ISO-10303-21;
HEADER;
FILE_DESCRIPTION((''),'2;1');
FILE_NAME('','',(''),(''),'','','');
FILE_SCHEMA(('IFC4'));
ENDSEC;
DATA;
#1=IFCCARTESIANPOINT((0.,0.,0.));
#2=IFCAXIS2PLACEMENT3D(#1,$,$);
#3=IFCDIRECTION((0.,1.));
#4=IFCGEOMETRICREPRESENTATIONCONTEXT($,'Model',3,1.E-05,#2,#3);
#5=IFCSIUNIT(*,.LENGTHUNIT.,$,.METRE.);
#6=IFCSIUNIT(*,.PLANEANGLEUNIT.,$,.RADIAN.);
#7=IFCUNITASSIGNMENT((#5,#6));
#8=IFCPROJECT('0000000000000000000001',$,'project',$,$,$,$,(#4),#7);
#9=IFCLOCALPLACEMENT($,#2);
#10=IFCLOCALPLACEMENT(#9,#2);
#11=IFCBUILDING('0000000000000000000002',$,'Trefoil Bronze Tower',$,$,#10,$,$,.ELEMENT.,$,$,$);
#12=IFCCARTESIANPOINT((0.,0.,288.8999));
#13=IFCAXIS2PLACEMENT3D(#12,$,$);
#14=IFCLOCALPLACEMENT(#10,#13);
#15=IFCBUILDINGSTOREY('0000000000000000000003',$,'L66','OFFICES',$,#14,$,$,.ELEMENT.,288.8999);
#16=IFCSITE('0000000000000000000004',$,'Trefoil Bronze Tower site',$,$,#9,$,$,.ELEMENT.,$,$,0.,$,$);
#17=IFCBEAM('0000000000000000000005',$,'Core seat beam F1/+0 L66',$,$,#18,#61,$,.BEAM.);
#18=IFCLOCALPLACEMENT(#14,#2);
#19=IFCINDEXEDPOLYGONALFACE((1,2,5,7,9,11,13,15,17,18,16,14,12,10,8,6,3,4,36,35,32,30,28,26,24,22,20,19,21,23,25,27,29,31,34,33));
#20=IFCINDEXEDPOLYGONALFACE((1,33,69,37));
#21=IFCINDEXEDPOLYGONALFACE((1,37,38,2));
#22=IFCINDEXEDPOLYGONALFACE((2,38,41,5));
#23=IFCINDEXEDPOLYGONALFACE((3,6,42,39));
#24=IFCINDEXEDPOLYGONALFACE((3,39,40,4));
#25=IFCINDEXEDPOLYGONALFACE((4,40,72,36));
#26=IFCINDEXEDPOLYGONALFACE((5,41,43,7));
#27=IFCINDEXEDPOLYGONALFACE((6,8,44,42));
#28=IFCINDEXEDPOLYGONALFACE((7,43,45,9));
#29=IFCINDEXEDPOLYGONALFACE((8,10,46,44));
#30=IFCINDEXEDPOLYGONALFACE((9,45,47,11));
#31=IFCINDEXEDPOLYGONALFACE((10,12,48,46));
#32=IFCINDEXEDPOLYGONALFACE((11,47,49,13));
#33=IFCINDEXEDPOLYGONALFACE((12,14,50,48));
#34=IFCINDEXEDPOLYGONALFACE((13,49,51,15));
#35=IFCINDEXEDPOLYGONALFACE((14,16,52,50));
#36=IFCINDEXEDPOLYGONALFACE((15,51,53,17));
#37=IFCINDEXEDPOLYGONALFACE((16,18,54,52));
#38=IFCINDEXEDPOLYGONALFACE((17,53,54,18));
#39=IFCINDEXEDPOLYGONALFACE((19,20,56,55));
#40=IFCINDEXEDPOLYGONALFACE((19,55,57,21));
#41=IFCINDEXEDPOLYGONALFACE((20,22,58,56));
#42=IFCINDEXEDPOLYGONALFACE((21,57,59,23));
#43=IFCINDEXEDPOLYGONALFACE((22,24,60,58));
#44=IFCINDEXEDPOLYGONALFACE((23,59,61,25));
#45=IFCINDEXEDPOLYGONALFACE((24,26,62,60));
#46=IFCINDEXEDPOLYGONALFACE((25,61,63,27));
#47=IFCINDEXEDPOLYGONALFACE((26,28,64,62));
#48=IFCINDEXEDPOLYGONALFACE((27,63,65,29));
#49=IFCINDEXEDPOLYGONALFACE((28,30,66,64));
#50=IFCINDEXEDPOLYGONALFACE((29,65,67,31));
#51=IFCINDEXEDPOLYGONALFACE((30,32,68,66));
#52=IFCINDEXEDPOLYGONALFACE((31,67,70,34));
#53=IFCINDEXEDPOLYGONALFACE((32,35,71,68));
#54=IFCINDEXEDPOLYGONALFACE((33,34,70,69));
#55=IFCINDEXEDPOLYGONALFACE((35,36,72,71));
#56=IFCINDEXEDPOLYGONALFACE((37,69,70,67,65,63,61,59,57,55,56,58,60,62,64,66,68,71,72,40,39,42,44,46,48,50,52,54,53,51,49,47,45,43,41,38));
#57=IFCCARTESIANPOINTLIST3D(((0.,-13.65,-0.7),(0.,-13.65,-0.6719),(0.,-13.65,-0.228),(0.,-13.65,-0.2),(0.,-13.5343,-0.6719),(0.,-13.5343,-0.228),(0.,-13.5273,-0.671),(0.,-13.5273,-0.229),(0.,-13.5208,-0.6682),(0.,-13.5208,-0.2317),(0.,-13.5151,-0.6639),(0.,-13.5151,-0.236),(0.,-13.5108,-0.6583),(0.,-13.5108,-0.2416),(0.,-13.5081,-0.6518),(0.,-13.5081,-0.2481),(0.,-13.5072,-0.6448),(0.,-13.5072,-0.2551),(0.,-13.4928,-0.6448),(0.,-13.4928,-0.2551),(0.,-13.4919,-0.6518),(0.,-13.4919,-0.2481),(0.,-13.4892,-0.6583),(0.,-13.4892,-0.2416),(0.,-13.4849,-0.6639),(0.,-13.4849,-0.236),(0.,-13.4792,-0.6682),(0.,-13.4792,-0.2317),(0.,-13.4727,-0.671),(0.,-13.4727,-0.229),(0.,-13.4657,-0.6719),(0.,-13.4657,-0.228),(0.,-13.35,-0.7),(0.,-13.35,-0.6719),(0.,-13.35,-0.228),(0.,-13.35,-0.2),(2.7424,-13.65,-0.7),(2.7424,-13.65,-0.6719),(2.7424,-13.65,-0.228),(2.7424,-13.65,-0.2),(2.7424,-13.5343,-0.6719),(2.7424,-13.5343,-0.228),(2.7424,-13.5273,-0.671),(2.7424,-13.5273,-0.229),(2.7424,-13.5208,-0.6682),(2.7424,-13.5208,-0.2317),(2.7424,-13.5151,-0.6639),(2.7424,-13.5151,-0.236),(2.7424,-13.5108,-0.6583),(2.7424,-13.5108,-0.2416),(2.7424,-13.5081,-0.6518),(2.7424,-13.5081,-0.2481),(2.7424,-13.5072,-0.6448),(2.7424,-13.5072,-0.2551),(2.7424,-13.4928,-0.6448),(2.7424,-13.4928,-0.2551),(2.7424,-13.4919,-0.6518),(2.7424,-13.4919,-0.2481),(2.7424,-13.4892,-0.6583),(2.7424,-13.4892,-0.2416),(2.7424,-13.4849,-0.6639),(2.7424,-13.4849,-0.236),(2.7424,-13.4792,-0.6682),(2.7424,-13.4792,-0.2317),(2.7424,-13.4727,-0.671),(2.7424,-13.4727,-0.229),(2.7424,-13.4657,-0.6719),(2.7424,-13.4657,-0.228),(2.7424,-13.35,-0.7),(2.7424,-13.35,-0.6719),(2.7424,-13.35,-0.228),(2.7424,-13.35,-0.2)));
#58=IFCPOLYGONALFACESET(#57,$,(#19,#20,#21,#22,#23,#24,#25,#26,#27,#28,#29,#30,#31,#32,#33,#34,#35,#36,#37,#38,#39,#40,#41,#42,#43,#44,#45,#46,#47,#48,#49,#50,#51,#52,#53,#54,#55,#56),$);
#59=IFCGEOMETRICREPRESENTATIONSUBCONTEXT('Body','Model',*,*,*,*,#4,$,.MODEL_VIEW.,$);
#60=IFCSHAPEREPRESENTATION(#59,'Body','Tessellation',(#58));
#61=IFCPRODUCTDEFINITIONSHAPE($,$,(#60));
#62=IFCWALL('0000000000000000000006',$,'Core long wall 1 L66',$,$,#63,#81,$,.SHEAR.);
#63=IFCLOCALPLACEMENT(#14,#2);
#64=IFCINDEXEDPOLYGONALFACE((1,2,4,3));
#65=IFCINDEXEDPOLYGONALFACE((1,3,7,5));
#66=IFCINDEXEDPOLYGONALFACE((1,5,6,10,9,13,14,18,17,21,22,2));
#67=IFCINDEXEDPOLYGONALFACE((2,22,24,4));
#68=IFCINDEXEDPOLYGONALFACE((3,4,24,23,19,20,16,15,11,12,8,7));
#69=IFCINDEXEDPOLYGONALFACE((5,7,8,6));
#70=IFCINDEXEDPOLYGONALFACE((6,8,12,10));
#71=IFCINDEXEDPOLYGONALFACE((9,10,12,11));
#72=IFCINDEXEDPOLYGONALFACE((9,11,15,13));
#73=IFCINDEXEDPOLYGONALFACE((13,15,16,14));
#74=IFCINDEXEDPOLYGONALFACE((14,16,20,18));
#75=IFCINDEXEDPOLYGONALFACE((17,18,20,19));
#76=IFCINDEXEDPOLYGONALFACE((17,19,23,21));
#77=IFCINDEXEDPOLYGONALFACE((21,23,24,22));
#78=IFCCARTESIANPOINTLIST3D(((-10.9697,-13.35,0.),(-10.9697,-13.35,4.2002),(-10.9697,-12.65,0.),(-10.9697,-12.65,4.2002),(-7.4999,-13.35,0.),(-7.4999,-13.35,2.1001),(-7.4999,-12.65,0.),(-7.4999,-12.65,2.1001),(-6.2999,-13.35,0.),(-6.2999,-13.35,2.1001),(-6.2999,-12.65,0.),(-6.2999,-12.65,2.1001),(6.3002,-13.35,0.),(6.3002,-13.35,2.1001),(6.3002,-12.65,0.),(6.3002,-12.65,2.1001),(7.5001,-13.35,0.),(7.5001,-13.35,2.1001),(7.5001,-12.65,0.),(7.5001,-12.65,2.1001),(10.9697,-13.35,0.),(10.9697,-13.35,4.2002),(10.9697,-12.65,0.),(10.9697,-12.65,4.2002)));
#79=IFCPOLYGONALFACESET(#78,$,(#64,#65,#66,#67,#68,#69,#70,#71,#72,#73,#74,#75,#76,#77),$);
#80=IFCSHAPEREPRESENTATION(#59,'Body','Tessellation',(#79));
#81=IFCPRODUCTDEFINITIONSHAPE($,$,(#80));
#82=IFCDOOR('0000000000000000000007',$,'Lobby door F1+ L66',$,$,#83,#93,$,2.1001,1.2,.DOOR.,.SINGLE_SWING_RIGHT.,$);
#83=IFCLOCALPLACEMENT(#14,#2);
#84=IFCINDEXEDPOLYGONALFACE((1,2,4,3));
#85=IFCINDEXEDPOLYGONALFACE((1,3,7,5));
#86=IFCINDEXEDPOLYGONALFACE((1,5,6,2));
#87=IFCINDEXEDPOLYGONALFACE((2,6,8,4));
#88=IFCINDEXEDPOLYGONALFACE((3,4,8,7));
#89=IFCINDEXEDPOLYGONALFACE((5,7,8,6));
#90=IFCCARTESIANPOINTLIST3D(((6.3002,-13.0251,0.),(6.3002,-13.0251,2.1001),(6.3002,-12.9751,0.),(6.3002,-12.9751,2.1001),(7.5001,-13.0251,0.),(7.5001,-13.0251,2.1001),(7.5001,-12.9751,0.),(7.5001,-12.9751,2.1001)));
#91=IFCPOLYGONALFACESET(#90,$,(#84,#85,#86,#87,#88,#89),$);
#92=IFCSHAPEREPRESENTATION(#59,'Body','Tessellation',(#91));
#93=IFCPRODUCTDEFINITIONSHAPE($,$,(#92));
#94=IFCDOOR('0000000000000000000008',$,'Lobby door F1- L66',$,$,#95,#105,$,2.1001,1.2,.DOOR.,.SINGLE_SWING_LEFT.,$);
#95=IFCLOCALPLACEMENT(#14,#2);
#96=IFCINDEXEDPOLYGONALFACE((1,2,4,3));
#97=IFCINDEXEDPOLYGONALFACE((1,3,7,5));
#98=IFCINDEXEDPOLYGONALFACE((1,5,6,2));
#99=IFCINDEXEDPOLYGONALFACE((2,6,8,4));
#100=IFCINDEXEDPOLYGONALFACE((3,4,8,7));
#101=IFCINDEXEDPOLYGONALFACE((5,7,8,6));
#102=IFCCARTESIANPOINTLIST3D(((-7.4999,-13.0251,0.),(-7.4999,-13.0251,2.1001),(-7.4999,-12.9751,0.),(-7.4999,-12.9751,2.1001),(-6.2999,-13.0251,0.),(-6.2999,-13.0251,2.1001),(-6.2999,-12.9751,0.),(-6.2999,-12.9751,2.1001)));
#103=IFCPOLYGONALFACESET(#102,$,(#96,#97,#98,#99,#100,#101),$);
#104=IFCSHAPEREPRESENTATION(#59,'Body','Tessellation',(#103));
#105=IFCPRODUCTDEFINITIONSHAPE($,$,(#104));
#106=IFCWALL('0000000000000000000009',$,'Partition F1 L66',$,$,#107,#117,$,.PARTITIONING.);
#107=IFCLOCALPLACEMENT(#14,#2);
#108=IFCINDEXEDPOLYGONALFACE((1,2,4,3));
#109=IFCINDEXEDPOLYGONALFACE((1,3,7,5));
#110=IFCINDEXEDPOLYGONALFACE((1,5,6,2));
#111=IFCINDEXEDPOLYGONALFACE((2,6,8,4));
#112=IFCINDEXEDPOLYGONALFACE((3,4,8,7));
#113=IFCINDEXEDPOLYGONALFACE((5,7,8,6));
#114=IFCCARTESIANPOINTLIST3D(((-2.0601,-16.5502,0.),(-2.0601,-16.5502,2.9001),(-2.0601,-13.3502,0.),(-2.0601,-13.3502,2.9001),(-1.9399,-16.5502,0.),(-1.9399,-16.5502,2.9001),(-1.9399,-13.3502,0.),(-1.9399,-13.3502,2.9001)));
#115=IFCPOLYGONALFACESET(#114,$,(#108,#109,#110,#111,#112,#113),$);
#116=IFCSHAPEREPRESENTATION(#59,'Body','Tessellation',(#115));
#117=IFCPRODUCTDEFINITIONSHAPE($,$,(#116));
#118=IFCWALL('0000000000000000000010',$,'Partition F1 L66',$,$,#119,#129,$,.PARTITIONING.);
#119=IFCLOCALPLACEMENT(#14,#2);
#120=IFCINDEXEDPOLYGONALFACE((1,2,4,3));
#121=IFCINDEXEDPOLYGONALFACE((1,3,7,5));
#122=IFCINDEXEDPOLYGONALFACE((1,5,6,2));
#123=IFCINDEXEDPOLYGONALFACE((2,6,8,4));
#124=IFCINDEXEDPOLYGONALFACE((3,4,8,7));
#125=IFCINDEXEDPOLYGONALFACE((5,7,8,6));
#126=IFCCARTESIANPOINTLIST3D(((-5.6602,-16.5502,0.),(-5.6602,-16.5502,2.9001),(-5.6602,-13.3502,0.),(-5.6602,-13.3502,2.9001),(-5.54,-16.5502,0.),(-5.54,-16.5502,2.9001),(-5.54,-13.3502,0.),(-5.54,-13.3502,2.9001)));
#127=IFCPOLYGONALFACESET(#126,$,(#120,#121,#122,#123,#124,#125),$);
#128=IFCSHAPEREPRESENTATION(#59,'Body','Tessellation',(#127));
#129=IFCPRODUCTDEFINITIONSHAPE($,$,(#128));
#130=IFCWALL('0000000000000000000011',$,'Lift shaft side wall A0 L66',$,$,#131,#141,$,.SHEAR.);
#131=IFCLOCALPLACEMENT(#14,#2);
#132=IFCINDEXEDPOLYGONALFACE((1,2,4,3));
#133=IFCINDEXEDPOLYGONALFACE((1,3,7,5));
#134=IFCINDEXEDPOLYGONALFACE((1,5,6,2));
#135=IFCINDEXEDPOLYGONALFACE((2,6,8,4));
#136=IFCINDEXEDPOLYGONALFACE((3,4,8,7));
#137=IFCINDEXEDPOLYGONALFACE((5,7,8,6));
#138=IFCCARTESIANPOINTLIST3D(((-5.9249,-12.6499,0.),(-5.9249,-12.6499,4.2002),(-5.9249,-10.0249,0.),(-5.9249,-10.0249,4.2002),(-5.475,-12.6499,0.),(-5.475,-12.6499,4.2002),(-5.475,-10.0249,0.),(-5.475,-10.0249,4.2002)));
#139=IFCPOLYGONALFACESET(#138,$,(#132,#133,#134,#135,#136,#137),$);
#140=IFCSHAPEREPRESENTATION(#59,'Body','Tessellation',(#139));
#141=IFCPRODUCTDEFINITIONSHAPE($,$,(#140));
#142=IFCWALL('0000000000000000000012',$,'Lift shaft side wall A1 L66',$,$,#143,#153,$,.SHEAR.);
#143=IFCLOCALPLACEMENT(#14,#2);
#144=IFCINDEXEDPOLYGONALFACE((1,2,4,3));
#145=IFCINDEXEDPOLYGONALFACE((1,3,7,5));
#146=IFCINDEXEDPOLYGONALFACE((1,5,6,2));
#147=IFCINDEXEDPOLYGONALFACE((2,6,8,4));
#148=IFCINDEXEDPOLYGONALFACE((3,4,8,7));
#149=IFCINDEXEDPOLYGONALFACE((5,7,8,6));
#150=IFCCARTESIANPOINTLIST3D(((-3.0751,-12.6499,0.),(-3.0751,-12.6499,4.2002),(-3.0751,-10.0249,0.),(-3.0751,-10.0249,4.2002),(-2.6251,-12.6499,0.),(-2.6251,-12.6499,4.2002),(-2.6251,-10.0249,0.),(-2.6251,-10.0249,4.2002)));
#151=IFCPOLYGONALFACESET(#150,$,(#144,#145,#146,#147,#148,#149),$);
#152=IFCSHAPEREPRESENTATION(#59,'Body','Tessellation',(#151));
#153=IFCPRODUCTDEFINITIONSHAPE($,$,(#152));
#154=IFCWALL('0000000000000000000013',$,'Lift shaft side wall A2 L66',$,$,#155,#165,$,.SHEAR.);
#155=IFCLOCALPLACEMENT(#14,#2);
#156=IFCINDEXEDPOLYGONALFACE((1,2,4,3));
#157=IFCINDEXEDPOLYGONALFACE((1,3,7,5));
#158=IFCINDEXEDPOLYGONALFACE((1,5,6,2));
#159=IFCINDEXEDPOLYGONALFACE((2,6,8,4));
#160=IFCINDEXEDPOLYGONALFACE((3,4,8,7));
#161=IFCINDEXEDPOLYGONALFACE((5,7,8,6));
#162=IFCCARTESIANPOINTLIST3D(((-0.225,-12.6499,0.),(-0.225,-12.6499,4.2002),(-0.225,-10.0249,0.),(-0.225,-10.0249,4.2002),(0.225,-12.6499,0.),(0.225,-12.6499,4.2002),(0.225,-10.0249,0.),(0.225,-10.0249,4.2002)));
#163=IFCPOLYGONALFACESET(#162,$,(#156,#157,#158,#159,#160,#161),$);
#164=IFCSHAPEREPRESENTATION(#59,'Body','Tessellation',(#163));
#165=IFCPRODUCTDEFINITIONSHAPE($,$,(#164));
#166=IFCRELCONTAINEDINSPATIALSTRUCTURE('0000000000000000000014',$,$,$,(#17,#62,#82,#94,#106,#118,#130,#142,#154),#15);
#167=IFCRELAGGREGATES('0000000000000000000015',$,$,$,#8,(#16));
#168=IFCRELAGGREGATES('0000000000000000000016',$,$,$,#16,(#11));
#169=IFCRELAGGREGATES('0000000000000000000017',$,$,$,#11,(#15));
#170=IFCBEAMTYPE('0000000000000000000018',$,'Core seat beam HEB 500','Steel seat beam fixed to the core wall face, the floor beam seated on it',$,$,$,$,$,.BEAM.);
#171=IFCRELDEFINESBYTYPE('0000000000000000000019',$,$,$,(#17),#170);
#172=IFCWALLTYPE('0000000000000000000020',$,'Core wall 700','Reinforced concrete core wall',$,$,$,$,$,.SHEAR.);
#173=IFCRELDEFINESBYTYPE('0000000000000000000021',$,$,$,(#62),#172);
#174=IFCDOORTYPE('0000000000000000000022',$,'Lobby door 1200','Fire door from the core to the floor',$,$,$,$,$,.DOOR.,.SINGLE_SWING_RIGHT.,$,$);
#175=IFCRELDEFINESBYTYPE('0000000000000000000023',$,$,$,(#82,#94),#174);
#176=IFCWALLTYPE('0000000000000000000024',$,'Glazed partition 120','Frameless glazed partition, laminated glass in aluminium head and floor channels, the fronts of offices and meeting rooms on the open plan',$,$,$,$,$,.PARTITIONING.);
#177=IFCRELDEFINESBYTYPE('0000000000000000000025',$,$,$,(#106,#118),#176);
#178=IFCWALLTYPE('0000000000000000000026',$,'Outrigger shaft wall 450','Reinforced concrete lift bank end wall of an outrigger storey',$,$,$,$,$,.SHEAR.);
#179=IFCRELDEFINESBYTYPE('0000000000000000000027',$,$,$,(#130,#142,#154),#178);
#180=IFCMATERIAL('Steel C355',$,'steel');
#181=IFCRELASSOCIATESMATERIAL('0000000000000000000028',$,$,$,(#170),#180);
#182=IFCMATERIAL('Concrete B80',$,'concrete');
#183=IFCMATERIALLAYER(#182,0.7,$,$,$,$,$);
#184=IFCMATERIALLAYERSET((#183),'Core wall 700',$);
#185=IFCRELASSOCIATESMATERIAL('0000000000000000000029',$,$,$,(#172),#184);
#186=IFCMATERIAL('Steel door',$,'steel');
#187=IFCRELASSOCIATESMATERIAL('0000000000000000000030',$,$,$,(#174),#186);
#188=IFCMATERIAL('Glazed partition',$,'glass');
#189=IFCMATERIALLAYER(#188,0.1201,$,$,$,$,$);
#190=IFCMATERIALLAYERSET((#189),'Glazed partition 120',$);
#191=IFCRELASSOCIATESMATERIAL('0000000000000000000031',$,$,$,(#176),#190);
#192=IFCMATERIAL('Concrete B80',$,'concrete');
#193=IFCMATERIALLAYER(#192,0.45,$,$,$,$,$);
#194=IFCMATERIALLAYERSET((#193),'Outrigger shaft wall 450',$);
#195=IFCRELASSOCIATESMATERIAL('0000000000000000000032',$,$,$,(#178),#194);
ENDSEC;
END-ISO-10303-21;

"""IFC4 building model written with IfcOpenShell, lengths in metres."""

from ifc_helpers import new_model, si_unit, direction, frame, frame_2d, origin, origin_2d, place, context, subcontext, project, spatial, rectangle, i_section, extrude, material, layer, layer_set, material_profile, profile_set, type_object, element, fill, save


model = new_model("IFC4")

# Units and contexts
model_context = context("Model", 3, precision=1e-05, world=origin(), true_north=direction((0.0, 1.0)))
body_context = subcontext(model_context, "Body", "Model", "MODEL_VIEW")
ifc_project = project(units=[si_unit("LENGTHUNIT", "METRE"), si_unit("PLANEANGLEUNIT", "RADIAN")], contexts=[model_context])

# Site, building, storey
site_placement = place(None, origin())
site = spatial("IfcSite", under=ifc_project, at=site_placement, Name="Trefoil Bronze Tower site", CompositionType="ELEMENT", RefElevation=0.0)
building_placement = place(site_placement, origin())
building = spatial("IfcBuilding", under=site, at=building_placement, Name="Trefoil Bronze Tower", CompositionType="ELEMENT")
storey_placement = place(building_placement, frame((0.0, 0.0, 288.8999)))
storey = spatial("IfcBuildingStorey", under=building, at=storey_placement, Name="L66", Description="OFFICES", CompositionType="ELEMENT", Elevation=288.8999)

# Beam
ifc_material_1 = material(Name="Steel C355", Category="steel")
ifc_material_profile = material_profile(ifc_material_1, i_section(OverallWidth=0.3, OverallDepth=0.5, WebThickness=0.0144, FlangeThickness=0.0281, FilletRadius=0.0271, at=origin_2d()), Name="HEB 500")
ifc_profile_set = profile_set([ifc_material_profile], Name="Steel C355")
beam_type = type_object("IfcBeamType", Name="Core seat beam HEB 500", Description="Steel seat beam fixed to the core wall face, the floor beam seated on it", PredefinedType="BEAM", material=ifc_profile_set)
beam_placement = place(storey_placement, frame((0.0, -13.5, -0.45), z_axis=(1.0, 0.0, 0.0), x_axis=(0.0, 1.0, 0.0)))
element("IfcBeam", 1, at=beam_placement, inside=storey, type_object=beam_type, Name="Core seat beam F1/+0 L66", PredefinedType="BEAM", context=body_context, shape_type="SweptSolid", body=[
    extrude(i_section(OverallWidth=0.3, OverallDepth=0.5, WebThickness=0.0144, FlangeThickness=0.0281, FilletRadius=0.0271, at=origin_2d()), origin(), (0.0, 0.0, 1.0), 2.7424),
])

# Wall, openings, doors
ifc_material_2 = material(Name="Concrete B80", Category="concrete")
ifc_layer_1 = layer(ifc_material_2, 0.7)
ifc_layer_set_1 = layer_set([ifc_layer_1], Name="Core wall 700")
wall_type_1 = type_object("IfcWallType", Name="Core wall 700", Description="Reinforced concrete core wall", PredefinedType="SHEAR", material=ifc_layer_set_1)
wall_1_placement = place(storey_placement, frame((-10.9697, -13.0, 0.0), z_axis=(0.0, 0.0, 1.0), x_axis=(1.0, 0.0, 0.0)))
wall_1 = element("IfcWall", 2, at=wall_1_placement, inside=storey, type_object=wall_type_1, Name="Core long wall 1 L66", PredefinedType="SHEAR", context=body_context, shape_type="SweptSolid", body=[
    extrude(rectangle(XDim=21.9395, YDim=0.7, at=frame_2d((10.9697, 0.0))), origin(), (0.0, 0.0, 1.0), 4.2002),
])
opening_1_placement = place(wall_1_placement, frame((17.2698, 0.0, 0.0)))
opening_1 = element("IfcOpeningElement", 3, at=opening_1_placement, cuts=wall_1, PredefinedType="OPENING", context=body_context, shape_type="SweptSolid", body=[
    extrude(rectangle(XDim=1.2, YDim=2.1001, at=frame_2d((0.6001, 1.05))), frame((0.0, 0.3599, 0.0), z_axis=(0.0, -1.0, 0.0), x_axis=(1.0, 0.0, 0.0)), (0.0, 0.0, 1.0), 0.72),
])
opening_2_placement = place(wall_1_placement, frame((3.4697, 0.0, 0.0)))
opening_2 = element("IfcOpeningElement", 4, at=opening_2_placement, cuts=wall_1, PredefinedType="OPENING", context=body_context, shape_type="SweptSolid", body=[
    extrude(rectangle(XDim=1.2, YDim=2.1001, at=frame_2d((0.6001, 1.05))), frame((0.0, 0.3599, 0.0), z_axis=(0.0, -1.0, 0.0), x_axis=(1.0, 0.0, 0.0)), (0.0, 0.0, 1.0), 0.72),
])
ifc_material_3 = material(Name="Steel door", Category="steel")
door_type_1 = type_object("IfcDoorType", Name="Lobby door 1200", Description="Fire door from the core to the floor", OperationType="SINGLE_SWING_RIGHT", PredefinedType="DOOR", material=ifc_material_3)
door_1_placement = place(opening_1_placement, origin())
door_1 = element("IfcDoor", 5, at=door_1_placement, inside=storey, type_object=door_type_1, Name="Lobby door F1+ L66", OperationType="SINGLE_SWING_RIGHT", OverallHeight=2.1001, OverallWidth=1.2, PredefinedType="DOOR", context=body_context, shape_type="SweptSolid", body=[
    extrude(rectangle(XDim=1.2, YDim=2.1001, at=frame_2d((0.6001, 1.05))), frame((0.0, 0.0249, 0.0), z_axis=(0.0, -1.0, 0.0), x_axis=(1.0, 0.0, 0.0)), (0.0, 0.0, 1.0), 0.05),
])
fill(opening_1, door_1)
door_2_placement = place(opening_2_placement, origin())
door_2 = element("IfcDoor", 6, at=door_2_placement, inside=storey, type_object=door_type_1, Name="Lobby door F1- L66", OperationType="SINGLE_SWING_LEFT", OverallHeight=2.1001, OverallWidth=1.2, PredefinedType="DOOR", context=body_context, shape_type="SweptSolid", body=[
    extrude(rectangle(XDim=1.2, YDim=2.1001, at=frame_2d((0.6001, 1.05))), frame((0.0, 0.0249, 0.0), z_axis=(0.0, -1.0, 0.0), x_axis=(1.0, 0.0, 0.0)), (0.0, 0.0, 1.0), 0.05),
])
fill(opening_2, door_2)

# Walls
ifc_material_4 = material(Name="Glazed partition", Category="glass")
ifc_layer_2 = layer(ifc_material_4, 0.1201)
ifc_layer_set_2 = layer_set([ifc_layer_2], Name="Glazed partition 120")
wall_type_2 = type_object("IfcWallType", Name="Glazed partition 120", Description="Frameless glazed partition, laminated glass in aluminium head and floor channels, the fronts of offices and meeting rooms on the open plan", PredefinedType="PARTITIONING", material=ifc_layer_set_2)
for number, where, z_axis, x_axis, name in (
    (7, (-2.0, -13.3501, 0.0), (0.0, 0.0, 1.0), (0.0, -1.0, 0.0), "Partition F1 L66"),
    (8, (-5.6001, -13.3501, 0.0), (0.0, 0.0, 1.0), (0.0, -1.0, 0.0), "Partition F1 L66"),
):
    element("IfcWall", number, at=place(storey_placement, frame(where, z_axis=z_axis, x_axis=x_axis)), inside=storey, type_object=wall_type_2, Name=name, PredefinedType="PARTITIONING", context=body_context, shape_type="SweptSolid", body=[
        extrude(rectangle(XDim=3.2, YDim=0.1201, at=frame_2d((1.6001, 0.0))), origin(), (0.0, 0.0, 1.0), 2.9001),
    ])
ifc_material_5 = material(Name="Concrete B80", Category="concrete")
ifc_layer_3 = layer(ifc_material_5, 0.45)
ifc_layer_set_3 = layer_set([ifc_layer_3], Name="Outrigger shaft wall 450")
wall_type_3 = type_object("IfcWallType", Name="Outrigger shaft wall 450", Description="Reinforced concrete lift bank end wall of an outrigger storey", PredefinedType="SHEAR", material=ifc_layer_set_3)
for number, where, z_axis, x_axis, name in (
    (9, (-5.7, -10.0249, 0.0), (0.0, 0.0, 1.0), (0.0, -1.0, 0.0), "Lift shaft side wall A0 L66"),
    (10, (-2.8501, -10.0249, 0.0), (0.0, 0.0, 1.0), (0.0, -1.0, 0.0), "Lift shaft side wall A1 L66"),
    (11, (0.0, -10.0249, 0.0), (0.0, 0.0, 1.0), (0.0, -1.0, 0.0), "Lift shaft side wall A2 L66"),
):
    element("IfcWall", number, at=place(storey_placement, frame(where, z_axis=z_axis, x_axis=x_axis)), inside=storey, type_object=wall_type_3, Name=name, PredefinedType="SHEAR", context=body_context, shape_type="SweptSolid", body=[
        extrude(rectangle(XDim=2.625, YDim=0.45, at=frame_2d((1.3125, 0.0))), origin(), (0.0, 0.0, 1.0), 4.2002),
    ])

save(model, "model.ifc")
